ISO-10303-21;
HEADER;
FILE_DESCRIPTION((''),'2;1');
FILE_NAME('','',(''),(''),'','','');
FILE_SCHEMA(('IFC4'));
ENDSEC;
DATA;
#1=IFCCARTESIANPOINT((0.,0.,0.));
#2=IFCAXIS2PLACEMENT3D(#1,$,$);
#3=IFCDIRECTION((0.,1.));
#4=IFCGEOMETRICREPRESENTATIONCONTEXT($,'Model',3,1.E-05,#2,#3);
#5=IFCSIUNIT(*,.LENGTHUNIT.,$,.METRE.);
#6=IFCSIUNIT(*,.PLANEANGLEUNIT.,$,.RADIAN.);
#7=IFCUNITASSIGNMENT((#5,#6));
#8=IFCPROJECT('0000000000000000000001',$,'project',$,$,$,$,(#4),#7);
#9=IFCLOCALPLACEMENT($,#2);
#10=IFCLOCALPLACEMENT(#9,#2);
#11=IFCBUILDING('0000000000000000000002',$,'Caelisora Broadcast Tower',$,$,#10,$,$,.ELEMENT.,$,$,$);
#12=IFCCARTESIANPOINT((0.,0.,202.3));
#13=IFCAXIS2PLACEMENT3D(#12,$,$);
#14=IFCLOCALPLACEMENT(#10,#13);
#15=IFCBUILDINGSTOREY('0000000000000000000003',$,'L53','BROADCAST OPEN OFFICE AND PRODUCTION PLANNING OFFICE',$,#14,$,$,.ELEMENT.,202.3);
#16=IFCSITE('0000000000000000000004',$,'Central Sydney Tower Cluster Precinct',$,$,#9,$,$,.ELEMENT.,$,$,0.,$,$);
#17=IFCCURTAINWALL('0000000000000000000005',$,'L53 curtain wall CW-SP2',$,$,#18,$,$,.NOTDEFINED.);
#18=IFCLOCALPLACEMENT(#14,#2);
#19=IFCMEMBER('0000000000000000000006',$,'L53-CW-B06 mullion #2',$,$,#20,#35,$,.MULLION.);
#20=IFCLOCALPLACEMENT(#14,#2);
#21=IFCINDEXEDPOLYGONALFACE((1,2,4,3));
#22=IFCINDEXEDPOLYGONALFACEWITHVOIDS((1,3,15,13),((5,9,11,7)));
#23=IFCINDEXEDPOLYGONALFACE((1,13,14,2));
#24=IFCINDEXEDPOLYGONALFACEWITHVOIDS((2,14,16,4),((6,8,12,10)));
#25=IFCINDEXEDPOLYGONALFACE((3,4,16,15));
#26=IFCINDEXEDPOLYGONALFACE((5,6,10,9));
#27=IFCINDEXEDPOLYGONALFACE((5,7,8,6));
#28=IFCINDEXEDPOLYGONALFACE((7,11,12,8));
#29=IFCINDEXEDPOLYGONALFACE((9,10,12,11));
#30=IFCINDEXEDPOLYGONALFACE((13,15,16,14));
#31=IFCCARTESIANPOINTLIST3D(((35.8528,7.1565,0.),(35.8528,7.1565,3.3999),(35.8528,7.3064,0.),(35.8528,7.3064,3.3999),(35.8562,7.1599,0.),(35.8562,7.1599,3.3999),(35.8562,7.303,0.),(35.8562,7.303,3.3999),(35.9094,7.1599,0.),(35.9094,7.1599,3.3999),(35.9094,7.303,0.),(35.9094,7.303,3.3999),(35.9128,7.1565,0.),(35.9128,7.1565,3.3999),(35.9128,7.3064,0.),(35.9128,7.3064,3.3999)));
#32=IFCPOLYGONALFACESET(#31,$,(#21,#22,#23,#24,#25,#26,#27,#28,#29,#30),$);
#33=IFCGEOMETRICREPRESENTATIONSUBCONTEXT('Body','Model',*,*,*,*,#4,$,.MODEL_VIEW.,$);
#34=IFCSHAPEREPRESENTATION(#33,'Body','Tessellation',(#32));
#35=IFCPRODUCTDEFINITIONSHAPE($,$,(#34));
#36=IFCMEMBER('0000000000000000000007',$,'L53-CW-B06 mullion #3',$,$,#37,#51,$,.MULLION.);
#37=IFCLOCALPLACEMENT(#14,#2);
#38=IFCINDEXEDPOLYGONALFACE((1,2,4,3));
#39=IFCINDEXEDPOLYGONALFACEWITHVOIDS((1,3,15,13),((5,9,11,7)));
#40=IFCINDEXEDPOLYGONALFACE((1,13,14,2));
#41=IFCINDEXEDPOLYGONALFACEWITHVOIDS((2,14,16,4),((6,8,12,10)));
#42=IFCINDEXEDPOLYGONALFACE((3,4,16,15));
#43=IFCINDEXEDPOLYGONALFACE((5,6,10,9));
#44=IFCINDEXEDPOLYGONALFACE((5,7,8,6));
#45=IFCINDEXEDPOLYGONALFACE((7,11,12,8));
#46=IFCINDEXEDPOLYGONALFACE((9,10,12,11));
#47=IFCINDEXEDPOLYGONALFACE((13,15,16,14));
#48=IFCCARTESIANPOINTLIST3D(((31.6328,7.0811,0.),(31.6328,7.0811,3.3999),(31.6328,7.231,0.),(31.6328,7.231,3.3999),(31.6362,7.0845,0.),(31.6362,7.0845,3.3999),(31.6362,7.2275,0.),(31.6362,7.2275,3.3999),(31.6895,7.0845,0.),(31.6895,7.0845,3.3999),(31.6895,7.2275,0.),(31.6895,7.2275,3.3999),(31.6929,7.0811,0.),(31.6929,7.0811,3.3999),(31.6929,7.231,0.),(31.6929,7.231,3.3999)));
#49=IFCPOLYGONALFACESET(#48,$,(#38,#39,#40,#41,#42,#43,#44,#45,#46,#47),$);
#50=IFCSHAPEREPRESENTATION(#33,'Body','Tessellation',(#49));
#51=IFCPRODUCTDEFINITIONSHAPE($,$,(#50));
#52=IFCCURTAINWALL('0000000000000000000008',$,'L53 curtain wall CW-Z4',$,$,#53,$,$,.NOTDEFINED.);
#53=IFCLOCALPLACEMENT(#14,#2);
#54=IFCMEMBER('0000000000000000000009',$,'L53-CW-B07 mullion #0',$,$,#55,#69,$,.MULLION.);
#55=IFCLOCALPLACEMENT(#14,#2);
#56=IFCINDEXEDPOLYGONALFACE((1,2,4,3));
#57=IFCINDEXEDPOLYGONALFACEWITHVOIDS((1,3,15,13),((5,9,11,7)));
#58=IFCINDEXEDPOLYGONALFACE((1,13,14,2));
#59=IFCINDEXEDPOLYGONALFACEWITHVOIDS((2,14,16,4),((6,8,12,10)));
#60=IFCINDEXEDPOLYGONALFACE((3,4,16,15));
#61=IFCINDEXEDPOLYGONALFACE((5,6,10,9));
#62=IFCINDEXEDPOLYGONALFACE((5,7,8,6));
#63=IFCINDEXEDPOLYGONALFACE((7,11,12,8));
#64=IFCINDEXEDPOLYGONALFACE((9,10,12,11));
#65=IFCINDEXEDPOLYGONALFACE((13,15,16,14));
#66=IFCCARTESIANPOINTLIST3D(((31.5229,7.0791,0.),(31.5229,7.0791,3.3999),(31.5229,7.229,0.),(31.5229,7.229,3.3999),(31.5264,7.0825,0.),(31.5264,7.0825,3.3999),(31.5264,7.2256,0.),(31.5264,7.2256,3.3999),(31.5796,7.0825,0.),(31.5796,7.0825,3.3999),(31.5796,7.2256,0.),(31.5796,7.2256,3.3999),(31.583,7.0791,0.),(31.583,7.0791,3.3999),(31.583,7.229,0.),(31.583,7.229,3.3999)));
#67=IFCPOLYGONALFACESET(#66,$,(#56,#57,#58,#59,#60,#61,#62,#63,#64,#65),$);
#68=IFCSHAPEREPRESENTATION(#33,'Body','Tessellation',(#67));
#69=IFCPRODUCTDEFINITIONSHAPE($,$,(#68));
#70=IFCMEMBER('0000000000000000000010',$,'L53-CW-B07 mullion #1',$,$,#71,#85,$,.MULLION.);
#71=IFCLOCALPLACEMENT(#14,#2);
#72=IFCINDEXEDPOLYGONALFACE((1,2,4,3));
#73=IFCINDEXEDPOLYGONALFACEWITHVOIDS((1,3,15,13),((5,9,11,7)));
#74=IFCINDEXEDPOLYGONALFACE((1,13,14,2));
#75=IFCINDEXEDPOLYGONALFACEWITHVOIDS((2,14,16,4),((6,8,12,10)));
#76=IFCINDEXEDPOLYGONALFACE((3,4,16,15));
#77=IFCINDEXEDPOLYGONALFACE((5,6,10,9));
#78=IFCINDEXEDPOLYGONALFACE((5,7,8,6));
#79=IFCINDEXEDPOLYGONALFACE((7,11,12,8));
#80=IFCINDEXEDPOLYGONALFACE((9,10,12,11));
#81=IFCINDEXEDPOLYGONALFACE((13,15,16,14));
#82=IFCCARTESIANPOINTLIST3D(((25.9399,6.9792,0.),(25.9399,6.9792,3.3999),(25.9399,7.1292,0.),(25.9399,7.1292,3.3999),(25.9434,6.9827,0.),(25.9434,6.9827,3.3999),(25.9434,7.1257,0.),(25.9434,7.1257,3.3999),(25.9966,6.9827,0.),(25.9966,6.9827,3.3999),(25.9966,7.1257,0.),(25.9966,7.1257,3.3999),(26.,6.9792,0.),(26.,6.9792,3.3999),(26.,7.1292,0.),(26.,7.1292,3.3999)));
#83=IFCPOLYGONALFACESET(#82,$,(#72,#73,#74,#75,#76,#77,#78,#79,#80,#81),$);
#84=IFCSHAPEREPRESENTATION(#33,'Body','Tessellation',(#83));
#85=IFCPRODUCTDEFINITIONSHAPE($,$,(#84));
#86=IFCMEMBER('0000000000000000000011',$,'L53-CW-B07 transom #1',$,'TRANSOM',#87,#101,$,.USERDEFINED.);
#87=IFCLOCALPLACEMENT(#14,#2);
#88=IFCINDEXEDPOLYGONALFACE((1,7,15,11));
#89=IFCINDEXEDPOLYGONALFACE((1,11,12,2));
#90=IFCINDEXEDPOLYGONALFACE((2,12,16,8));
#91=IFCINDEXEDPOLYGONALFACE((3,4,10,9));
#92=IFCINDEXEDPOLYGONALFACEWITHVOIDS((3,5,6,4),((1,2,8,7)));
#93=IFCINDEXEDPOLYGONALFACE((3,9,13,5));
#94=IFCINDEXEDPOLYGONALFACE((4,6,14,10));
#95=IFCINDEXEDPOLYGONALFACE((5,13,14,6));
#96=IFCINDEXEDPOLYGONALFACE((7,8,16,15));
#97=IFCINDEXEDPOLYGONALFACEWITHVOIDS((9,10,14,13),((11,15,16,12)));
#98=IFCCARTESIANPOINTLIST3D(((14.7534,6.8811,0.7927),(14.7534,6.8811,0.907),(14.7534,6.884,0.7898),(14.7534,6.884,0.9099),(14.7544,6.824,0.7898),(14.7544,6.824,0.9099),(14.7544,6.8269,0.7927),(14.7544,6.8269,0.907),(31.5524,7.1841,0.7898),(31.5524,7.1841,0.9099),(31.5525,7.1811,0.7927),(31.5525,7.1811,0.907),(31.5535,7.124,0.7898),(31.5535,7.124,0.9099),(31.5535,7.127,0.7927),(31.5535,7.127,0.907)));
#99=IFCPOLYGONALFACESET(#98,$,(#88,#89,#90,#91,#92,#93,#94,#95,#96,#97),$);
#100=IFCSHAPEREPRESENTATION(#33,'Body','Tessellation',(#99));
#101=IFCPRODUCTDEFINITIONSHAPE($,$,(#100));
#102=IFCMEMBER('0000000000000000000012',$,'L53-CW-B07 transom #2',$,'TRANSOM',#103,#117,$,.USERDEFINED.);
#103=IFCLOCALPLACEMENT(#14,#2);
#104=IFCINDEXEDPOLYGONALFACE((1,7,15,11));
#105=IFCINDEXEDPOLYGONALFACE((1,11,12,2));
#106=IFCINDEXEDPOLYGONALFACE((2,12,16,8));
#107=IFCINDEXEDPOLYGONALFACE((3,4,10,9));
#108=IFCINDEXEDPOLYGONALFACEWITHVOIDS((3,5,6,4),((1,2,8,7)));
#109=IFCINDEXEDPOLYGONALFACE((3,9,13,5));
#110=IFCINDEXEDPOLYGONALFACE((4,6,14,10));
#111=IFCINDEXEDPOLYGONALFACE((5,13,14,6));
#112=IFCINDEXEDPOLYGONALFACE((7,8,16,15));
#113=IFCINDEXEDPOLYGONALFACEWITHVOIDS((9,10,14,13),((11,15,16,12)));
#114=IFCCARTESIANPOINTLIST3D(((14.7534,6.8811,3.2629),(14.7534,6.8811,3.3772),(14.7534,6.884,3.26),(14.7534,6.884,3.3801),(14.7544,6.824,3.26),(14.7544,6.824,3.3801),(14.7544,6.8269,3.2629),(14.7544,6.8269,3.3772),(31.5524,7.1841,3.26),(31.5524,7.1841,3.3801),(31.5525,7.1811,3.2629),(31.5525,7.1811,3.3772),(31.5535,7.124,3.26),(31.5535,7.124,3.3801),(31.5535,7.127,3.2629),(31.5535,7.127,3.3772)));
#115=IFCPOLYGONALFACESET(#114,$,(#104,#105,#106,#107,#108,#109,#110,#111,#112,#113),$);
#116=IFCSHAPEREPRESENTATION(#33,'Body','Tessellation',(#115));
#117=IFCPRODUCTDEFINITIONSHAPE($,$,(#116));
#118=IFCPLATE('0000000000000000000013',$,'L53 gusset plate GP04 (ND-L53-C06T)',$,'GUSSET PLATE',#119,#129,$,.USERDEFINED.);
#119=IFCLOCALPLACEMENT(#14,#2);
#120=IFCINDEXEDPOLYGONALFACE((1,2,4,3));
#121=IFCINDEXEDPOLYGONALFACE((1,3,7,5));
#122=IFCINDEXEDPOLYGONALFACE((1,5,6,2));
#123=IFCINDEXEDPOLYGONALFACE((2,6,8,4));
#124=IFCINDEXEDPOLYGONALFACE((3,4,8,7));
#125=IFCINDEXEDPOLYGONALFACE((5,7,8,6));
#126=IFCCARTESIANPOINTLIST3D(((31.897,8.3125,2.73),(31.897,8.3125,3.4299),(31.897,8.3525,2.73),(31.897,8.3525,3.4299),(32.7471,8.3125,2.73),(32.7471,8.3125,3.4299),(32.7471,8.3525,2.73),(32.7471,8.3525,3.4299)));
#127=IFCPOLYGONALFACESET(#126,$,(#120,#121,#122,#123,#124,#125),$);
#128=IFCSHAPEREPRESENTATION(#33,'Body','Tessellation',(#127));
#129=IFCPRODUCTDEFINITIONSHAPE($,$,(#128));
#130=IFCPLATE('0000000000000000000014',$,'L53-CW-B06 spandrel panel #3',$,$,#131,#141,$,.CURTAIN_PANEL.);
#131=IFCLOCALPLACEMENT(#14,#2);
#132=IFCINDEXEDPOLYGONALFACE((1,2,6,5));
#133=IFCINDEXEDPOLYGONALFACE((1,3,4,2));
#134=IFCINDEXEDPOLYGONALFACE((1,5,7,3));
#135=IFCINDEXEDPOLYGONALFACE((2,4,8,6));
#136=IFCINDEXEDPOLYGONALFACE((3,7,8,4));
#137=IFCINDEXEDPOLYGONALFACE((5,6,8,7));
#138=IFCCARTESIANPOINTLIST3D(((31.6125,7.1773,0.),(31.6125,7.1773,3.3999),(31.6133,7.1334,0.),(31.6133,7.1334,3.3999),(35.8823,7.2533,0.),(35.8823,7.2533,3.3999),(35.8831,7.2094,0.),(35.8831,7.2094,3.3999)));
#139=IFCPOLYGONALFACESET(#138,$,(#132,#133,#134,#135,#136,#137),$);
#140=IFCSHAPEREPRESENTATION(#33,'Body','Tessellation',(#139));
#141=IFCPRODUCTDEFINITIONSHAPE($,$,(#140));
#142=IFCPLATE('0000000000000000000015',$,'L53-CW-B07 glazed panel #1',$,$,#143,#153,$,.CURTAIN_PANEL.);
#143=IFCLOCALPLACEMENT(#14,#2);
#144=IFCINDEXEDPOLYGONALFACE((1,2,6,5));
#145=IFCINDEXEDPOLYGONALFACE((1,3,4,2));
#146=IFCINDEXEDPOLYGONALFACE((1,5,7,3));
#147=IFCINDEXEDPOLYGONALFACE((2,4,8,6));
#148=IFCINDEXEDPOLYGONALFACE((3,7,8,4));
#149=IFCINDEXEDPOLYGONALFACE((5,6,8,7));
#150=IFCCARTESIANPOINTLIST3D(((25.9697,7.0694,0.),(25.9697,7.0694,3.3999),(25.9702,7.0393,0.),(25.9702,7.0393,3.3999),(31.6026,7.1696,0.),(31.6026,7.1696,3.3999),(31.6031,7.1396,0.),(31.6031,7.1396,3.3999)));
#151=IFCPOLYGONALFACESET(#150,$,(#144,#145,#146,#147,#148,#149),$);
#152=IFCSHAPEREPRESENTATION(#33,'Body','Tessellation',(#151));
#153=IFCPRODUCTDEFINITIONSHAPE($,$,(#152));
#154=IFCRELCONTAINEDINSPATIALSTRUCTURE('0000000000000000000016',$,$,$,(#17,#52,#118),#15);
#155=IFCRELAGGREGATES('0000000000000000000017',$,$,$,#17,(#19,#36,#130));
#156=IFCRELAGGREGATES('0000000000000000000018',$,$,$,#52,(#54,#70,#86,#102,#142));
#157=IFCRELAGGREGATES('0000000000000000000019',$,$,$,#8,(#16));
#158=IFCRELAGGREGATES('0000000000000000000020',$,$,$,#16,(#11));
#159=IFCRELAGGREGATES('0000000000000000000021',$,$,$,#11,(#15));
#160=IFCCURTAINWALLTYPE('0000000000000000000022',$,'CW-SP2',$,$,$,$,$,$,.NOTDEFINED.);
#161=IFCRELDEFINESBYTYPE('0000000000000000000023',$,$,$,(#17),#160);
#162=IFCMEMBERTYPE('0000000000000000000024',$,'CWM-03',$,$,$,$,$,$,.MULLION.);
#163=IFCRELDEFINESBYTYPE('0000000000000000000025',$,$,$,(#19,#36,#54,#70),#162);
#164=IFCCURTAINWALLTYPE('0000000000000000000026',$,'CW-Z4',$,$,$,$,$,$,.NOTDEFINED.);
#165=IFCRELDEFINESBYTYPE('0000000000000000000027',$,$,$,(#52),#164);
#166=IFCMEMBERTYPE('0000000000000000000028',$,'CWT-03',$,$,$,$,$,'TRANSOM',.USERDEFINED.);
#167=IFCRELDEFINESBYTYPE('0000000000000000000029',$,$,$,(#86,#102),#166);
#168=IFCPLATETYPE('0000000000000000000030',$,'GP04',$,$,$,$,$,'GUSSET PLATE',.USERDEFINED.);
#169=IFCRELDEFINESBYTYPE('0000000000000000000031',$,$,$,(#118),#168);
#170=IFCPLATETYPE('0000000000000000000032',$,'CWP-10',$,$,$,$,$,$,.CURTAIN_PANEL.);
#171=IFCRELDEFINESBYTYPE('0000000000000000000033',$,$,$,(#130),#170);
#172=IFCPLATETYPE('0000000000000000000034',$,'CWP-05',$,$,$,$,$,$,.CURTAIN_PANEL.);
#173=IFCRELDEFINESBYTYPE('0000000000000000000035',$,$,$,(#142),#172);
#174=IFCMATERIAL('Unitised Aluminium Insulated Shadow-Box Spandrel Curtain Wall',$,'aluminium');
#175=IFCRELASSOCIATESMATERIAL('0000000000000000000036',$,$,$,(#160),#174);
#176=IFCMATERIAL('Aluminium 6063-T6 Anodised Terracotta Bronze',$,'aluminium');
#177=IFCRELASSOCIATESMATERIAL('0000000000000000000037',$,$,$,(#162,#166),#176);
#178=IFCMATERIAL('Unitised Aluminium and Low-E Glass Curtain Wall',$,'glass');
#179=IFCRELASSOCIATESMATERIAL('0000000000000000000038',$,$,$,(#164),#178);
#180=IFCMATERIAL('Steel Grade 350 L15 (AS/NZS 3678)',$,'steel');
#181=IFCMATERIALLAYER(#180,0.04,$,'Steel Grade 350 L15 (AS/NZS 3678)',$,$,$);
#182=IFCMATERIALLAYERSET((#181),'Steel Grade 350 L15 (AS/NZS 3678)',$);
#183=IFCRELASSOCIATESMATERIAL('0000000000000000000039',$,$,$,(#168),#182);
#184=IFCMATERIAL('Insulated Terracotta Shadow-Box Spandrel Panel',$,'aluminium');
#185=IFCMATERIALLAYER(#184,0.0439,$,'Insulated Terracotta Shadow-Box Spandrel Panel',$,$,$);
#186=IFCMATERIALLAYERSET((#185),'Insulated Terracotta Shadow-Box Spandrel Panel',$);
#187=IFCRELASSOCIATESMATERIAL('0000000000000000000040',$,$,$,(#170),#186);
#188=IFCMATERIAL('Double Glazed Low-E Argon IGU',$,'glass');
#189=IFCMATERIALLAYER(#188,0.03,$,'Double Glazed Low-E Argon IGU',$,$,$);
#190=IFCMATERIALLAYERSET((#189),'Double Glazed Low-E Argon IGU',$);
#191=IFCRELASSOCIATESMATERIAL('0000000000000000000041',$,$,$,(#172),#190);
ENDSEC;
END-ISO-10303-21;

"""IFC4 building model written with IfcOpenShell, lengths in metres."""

from ifc_helpers import new_model, si_unit, direction, frame, origin, origin_2d, place, context, subcontext, project, spatial, rectangle, hollow_rectangle, extrude, source, transform, mapped, material, layer, layer_set, material_profile, profile_set, type_object, type_shapes, element, aggregate, save


model = new_model("IFC4")

# Units and contexts
model_context = context("Model", 3, precision=1e-05, world=origin(), true_north=direction((0.0, 1.0)))
body_context = subcontext(model_context, "Body", "Model", "MODEL_VIEW")
ifc_project = project(units=[si_unit("LENGTHUNIT", "METRE"), si_unit("PLANEANGLEUNIT", "RADIAN")], contexts=[model_context])

# Site, building, storey
site_placement = place(None, origin())
site = spatial("IfcSite", under=ifc_project, at=site_placement, Name="Central Sydney Tower Cluster Precinct", CompositionType="ELEMENT", RefElevation=0.0)
building_placement = place(site_placement, origin())
building = spatial("IfcBuilding", under=site, at=building_placement, Name="Caelisora Broadcast Tower", CompositionType="ELEMENT")
storey_placement = place(building_placement, frame((0.0, 0.0, 202.3)))
storey = spatial("IfcBuildingStorey", under=building, at=storey_placement, Name="L53", Description="BROADCAST OPEN OFFICE AND PRODUCTION PLANNING OFFICE", CompositionType="ELEMENT", Elevation=202.3)

# Shared definitions
ifc_material_1 = material(Name="Steel Grade 350 L15 (AS/NZS 3678)", Category="steel")

# Curtain walls, members
ifc_material_2 = material(Name="Unitised Aluminium Insulated Shadow-Box Spandrel Curtain Wall", Category="aluminium")
curtain_wall_type_1 = type_object("IfcCurtainWallType", Name="CW-SP2", PredefinedType="NOTDEFINED", material=ifc_material_2)
curtain_wall_1_placement = place(storey_placement, origin())
curtain_wall_1 = element("IfcCurtainWall", 1, at=curtain_wall_1_placement, inside=storey, type_object=curtain_wall_type_1, Name="L53 curtain wall CW-SP2", PredefinedType="NOTDEFINED")
ifc_material_3 = material(Name="Aluminium 6063-T6 Anodised Terracotta Bronze", Category="aluminium")
ifc_material_profile_1 = material_profile(ifc_material_3, hollow_rectangle(XDim=0.0601, YDim=0.1499, WallThickness=0.0034, at=origin_2d()), Name="Aluminium 6063-T6 Anodised Terracotta Bronze")
ifc_profile_set_1 = profile_set([ifc_material_profile_1], Name="Aluminium 6063-T6 Anodised Terracotta Bronze")
member_type_1 = type_object("IfcMemberType", Name="CWM-03", PredefinedType="MULLION", material=ifc_profile_set_1)
shared_shape_1 = source(origin(), body_context, "Body", "SweptSolid", [
    extrude(hollow_rectangle(XDim=0.0601, YDim=0.1499, WallThickness=0.0034, at=origin_2d()), origin(), (0.0, 0.0, 1.0), 3.3999),
])
type_shapes(member_type_1, [shared_shape_1])
member_1_placement = place(storey_placement, frame((35.8828, 7.2314, 0.0), z_axis=(0.0, 0.0, 1.0), x_axis=(1.0, 0.0, 0.0)))
member_1 = element("IfcMember", 2, at=member_1_placement, type_object=member_type_1, Name="L53-CW-B06 mullion #2", PredefinedType="MULLION", context=body_context, shape_type="MappedRepresentation", body=[
    mapped(shared_shape_1, transform((0.0, 0.0, 0.0), scale=1.0)),
])
member_2_placement = place(storey_placement, frame((31.6628, 7.156, 0.0), z_axis=(0.0, 0.0, 1.0), x_axis=(1.0, 0.0, 0.0)))
member_2 = element("IfcMember", 3, at=member_2_placement, type_object=member_type_1, Name="L53-CW-B06 mullion #3", PredefinedType="MULLION", context=body_context, shape_type="MappedRepresentation", body=[
    mapped(shared_shape_1, transform((0.0, 0.0, 0.0), scale=1.0)),
])
ifc_material_4 = material(Name="Unitised Aluminium and Low-E Glass Curtain Wall", Category="glass")
curtain_wall_type_2 = type_object("IfcCurtainWallType", Name="CW-Z4", PredefinedType="NOTDEFINED", material=ifc_material_4)
curtain_wall_2_placement = place(storey_placement, origin())
curtain_wall_2 = element("IfcCurtainWall", 4, at=curtain_wall_2_placement, inside=storey, type_object=curtain_wall_type_2, Name="L53 curtain wall CW-Z4", PredefinedType="NOTDEFINED")
member_3_placement = place(storey_placement, frame((31.553, 7.1541, 0.0), z_axis=(0.0, 0.0, 1.0), x_axis=(1.0, 0.0, 0.0)))
member_3 = element("IfcMember", 5, at=member_3_placement, type_object=member_type_1, Name="L53-CW-B07 mullion #0", PredefinedType="MULLION", context=body_context, shape_type="MappedRepresentation", body=[
    mapped(shared_shape_1, transform((0.0, 0.0, 0.0), scale=1.0)),
])
member_4_placement = place(storey_placement, frame((25.97, 7.0542, 0.0), z_axis=(0.0, 0.0, 1.0), x_axis=(1.0, 0.0, 0.0)))
member_4 = element("IfcMember", 6, at=member_4_placement, type_object=member_type_1, Name="L53-CW-B07 mullion #1", PredefinedType="MULLION", context=body_context, shape_type="MappedRepresentation", body=[
    mapped(shared_shape_1, transform((0.0, 0.0, 0.0), scale=1.0)),
])
ifc_material_profile_2 = material_profile(ifc_material_3, hollow_rectangle(XDim=0.0601, YDim=0.1201, WallThickness=0.0029, at=origin_2d()), Name="Aluminium 6063-T6 Anodised Terracotta Bronze")
ifc_profile_set_2 = profile_set([ifc_material_profile_2], Name="Aluminium 6063-T6 Anodised Terracotta Bronze")
member_type_2 = type_object("IfcMemberType", Name="CWT-03", ElementType="TRANSOM", PredefinedType="USERDEFINED", material=ifc_profile_set_2)
shared_shape_2 = source(origin(), body_context, "Body", "SweptSolid", [
    extrude(hollow_rectangle(XDim=0.0601, YDim=0.1201, WallThickness=0.0029, at=origin_2d()), origin(), (0.0, 0.0, 1.0), 16.8018),
])
type_shapes(member_type_2, [shared_shape_2])
member_5_placement = place(storey_placement, frame((31.553, 7.1541, 0.8499), z_axis=(-0.999841, -0.017858, 0.0), x_axis=(0.017858, -0.999841, 0.0)))
member_5 = element("IfcMember", 7, at=member_5_placement, type_object=member_type_2, Name="L53-CW-B07 transom #1", ObjectType="TRANSOM", PredefinedType="USERDEFINED", context=body_context, shape_type="MappedRepresentation", body=[
    mapped(shared_shape_2, transform((0.0, 0.0, 0.0), scale=1.0)),
])
member_6_placement = place(storey_placement, frame((31.553, 7.1541, 3.3201), z_axis=(-0.999841, -0.017858, 0.0), x_axis=(0.017858, -0.999841, 0.0)))
member_6 = element("IfcMember", 8, at=member_6_placement, type_object=member_type_2, Name="L53-CW-B07 transom #2", ObjectType="TRANSOM", PredefinedType="USERDEFINED", context=body_context, shape_type="MappedRepresentation", body=[
    mapped(shared_shape_2, transform((0.0, 0.0, 0.0), scale=1.0)),
])

# Plates
ifc_layer_1 = layer(ifc_material_1, 0.04, Name="Steel Grade 350 L15 (AS/NZS 3678)")
ifc_layer_set_1 = layer_set([ifc_layer_1], Name="Steel Grade 350 L15 (AS/NZS 3678)")
plate_type_1 = type_object("IfcPlateType", Name="GP04", ElementType="GUSSET PLATE", PredefinedType="USERDEFINED", material=ifc_layer_set_1)
shared_shape_3 = source(origin(), body_context, "Body", "SweptSolid", [
    extrude(rectangle(XDim=0.8501, YDim=0.04, at=origin_2d()), origin(), (0.0, 0.0, 1.0), 0.7),
])
type_shapes(plate_type_1, [shared_shape_3])
plate_1_placement = place(storey_placement, frame((32.322, 8.3325, 2.73), z_axis=(0.0, 0.0, 1.0), x_axis=(1.0, 0.0, 0.0)))
element("IfcPlate", 9, at=plate_1_placement, inside=storey, type_object=plate_type_1, Name="L53 gusset plate GP04 (ND-L53-C06T)", ObjectType="GUSSET PLATE", PredefinedType="USERDEFINED", context=body_context, shape_type="MappedRepresentation", body=[
    mapped(shared_shape_3, transform((0.0, 0.0, 0.0), scale=1.0)),
])
ifc_material_5 = material(Name="Insulated Terracotta Shadow-Box Spandrel Panel", Category="aluminium")
ifc_layer_2 = layer(ifc_material_5, 0.0439, Name="Insulated Terracotta Shadow-Box Spandrel Panel")
ifc_layer_set_2 = layer_set([ifc_layer_2], Name="Insulated Terracotta Shadow-Box Spandrel Panel")
plate_type_2 = type_object("IfcPlateType", Name="CWP-10", PredefinedType="CURTAIN_PANEL", material=ifc_layer_set_2)
shared_shape_4 = source(origin(), body_context, "Body", "SweptSolid", [
    extrude(rectangle(XDim=4.2705, YDim=0.0439, at=origin_2d()), origin(), (0.0, 0.0, 1.0), 3.3999),
])
type_shapes(plate_type_2, [shared_shape_4])
plate_2_placement = place(storey_placement, frame((33.7478, 7.1934, 0.0), z_axis=(0.0, 0.0, 1.0), x_axis=(-0.999842, -0.017801, 0.0)))
plate_2 = element("IfcPlate", 10, at=plate_2_placement, type_object=plate_type_2, Name="L53-CW-B06 spandrel panel #3", PredefinedType="CURTAIN_PANEL", context=body_context, shape_type="MappedRepresentation", body=[
    mapped(shared_shape_4, transform((0.0, 0.0, 0.0), scale=1.0)),
])
aggregate(curtain_wall_1, [member_1, member_2, plate_2])
ifc_material_6 = material(Name="Double Glazed Low-E Argon IGU", Category="glass")
ifc_layer_3 = layer(ifc_material_6, 0.03, Name="Double Glazed Low-E Argon IGU")
ifc_layer_set_3 = layer_set([ifc_layer_3], Name="Double Glazed Low-E Argon IGU")
plate_type_3 = type_object("IfcPlateType", Name="CWP-05", PredefinedType="CURTAIN_PANEL", material=ifc_layer_set_3)
shared_shape_5 = source(origin(), body_context, "Body", "SweptSolid", [
    extrude(rectangle(XDim=5.6338, YDim=0.03, at=origin_2d()), origin(), (0.0, 0.0, 1.0), 3.3999),
])
type_shapes(plate_type_3, [shared_shape_5])
plate_3_placement = place(storey_placement, frame((28.7864, 7.1045, 0.0), z_axis=(0.0, 0.0, 1.0), x_axis=(-0.999842, -0.017801, 0.0)))
plate_3 = element("IfcPlate", 11, at=plate_3_placement, type_object=plate_type_3, Name="L53-CW-B07 glazed panel #1", PredefinedType="CURTAIN_PANEL", context=body_context, shape_type="MappedRepresentation", body=[
    mapped(shared_shape_5, transform((0.0, 0.0, 0.0), scale=1.0)),
])
aggregate(curtain_wall_2, [member_3, member_4, member_5, member_6, plate_3])

save(model, "model.ifc")
